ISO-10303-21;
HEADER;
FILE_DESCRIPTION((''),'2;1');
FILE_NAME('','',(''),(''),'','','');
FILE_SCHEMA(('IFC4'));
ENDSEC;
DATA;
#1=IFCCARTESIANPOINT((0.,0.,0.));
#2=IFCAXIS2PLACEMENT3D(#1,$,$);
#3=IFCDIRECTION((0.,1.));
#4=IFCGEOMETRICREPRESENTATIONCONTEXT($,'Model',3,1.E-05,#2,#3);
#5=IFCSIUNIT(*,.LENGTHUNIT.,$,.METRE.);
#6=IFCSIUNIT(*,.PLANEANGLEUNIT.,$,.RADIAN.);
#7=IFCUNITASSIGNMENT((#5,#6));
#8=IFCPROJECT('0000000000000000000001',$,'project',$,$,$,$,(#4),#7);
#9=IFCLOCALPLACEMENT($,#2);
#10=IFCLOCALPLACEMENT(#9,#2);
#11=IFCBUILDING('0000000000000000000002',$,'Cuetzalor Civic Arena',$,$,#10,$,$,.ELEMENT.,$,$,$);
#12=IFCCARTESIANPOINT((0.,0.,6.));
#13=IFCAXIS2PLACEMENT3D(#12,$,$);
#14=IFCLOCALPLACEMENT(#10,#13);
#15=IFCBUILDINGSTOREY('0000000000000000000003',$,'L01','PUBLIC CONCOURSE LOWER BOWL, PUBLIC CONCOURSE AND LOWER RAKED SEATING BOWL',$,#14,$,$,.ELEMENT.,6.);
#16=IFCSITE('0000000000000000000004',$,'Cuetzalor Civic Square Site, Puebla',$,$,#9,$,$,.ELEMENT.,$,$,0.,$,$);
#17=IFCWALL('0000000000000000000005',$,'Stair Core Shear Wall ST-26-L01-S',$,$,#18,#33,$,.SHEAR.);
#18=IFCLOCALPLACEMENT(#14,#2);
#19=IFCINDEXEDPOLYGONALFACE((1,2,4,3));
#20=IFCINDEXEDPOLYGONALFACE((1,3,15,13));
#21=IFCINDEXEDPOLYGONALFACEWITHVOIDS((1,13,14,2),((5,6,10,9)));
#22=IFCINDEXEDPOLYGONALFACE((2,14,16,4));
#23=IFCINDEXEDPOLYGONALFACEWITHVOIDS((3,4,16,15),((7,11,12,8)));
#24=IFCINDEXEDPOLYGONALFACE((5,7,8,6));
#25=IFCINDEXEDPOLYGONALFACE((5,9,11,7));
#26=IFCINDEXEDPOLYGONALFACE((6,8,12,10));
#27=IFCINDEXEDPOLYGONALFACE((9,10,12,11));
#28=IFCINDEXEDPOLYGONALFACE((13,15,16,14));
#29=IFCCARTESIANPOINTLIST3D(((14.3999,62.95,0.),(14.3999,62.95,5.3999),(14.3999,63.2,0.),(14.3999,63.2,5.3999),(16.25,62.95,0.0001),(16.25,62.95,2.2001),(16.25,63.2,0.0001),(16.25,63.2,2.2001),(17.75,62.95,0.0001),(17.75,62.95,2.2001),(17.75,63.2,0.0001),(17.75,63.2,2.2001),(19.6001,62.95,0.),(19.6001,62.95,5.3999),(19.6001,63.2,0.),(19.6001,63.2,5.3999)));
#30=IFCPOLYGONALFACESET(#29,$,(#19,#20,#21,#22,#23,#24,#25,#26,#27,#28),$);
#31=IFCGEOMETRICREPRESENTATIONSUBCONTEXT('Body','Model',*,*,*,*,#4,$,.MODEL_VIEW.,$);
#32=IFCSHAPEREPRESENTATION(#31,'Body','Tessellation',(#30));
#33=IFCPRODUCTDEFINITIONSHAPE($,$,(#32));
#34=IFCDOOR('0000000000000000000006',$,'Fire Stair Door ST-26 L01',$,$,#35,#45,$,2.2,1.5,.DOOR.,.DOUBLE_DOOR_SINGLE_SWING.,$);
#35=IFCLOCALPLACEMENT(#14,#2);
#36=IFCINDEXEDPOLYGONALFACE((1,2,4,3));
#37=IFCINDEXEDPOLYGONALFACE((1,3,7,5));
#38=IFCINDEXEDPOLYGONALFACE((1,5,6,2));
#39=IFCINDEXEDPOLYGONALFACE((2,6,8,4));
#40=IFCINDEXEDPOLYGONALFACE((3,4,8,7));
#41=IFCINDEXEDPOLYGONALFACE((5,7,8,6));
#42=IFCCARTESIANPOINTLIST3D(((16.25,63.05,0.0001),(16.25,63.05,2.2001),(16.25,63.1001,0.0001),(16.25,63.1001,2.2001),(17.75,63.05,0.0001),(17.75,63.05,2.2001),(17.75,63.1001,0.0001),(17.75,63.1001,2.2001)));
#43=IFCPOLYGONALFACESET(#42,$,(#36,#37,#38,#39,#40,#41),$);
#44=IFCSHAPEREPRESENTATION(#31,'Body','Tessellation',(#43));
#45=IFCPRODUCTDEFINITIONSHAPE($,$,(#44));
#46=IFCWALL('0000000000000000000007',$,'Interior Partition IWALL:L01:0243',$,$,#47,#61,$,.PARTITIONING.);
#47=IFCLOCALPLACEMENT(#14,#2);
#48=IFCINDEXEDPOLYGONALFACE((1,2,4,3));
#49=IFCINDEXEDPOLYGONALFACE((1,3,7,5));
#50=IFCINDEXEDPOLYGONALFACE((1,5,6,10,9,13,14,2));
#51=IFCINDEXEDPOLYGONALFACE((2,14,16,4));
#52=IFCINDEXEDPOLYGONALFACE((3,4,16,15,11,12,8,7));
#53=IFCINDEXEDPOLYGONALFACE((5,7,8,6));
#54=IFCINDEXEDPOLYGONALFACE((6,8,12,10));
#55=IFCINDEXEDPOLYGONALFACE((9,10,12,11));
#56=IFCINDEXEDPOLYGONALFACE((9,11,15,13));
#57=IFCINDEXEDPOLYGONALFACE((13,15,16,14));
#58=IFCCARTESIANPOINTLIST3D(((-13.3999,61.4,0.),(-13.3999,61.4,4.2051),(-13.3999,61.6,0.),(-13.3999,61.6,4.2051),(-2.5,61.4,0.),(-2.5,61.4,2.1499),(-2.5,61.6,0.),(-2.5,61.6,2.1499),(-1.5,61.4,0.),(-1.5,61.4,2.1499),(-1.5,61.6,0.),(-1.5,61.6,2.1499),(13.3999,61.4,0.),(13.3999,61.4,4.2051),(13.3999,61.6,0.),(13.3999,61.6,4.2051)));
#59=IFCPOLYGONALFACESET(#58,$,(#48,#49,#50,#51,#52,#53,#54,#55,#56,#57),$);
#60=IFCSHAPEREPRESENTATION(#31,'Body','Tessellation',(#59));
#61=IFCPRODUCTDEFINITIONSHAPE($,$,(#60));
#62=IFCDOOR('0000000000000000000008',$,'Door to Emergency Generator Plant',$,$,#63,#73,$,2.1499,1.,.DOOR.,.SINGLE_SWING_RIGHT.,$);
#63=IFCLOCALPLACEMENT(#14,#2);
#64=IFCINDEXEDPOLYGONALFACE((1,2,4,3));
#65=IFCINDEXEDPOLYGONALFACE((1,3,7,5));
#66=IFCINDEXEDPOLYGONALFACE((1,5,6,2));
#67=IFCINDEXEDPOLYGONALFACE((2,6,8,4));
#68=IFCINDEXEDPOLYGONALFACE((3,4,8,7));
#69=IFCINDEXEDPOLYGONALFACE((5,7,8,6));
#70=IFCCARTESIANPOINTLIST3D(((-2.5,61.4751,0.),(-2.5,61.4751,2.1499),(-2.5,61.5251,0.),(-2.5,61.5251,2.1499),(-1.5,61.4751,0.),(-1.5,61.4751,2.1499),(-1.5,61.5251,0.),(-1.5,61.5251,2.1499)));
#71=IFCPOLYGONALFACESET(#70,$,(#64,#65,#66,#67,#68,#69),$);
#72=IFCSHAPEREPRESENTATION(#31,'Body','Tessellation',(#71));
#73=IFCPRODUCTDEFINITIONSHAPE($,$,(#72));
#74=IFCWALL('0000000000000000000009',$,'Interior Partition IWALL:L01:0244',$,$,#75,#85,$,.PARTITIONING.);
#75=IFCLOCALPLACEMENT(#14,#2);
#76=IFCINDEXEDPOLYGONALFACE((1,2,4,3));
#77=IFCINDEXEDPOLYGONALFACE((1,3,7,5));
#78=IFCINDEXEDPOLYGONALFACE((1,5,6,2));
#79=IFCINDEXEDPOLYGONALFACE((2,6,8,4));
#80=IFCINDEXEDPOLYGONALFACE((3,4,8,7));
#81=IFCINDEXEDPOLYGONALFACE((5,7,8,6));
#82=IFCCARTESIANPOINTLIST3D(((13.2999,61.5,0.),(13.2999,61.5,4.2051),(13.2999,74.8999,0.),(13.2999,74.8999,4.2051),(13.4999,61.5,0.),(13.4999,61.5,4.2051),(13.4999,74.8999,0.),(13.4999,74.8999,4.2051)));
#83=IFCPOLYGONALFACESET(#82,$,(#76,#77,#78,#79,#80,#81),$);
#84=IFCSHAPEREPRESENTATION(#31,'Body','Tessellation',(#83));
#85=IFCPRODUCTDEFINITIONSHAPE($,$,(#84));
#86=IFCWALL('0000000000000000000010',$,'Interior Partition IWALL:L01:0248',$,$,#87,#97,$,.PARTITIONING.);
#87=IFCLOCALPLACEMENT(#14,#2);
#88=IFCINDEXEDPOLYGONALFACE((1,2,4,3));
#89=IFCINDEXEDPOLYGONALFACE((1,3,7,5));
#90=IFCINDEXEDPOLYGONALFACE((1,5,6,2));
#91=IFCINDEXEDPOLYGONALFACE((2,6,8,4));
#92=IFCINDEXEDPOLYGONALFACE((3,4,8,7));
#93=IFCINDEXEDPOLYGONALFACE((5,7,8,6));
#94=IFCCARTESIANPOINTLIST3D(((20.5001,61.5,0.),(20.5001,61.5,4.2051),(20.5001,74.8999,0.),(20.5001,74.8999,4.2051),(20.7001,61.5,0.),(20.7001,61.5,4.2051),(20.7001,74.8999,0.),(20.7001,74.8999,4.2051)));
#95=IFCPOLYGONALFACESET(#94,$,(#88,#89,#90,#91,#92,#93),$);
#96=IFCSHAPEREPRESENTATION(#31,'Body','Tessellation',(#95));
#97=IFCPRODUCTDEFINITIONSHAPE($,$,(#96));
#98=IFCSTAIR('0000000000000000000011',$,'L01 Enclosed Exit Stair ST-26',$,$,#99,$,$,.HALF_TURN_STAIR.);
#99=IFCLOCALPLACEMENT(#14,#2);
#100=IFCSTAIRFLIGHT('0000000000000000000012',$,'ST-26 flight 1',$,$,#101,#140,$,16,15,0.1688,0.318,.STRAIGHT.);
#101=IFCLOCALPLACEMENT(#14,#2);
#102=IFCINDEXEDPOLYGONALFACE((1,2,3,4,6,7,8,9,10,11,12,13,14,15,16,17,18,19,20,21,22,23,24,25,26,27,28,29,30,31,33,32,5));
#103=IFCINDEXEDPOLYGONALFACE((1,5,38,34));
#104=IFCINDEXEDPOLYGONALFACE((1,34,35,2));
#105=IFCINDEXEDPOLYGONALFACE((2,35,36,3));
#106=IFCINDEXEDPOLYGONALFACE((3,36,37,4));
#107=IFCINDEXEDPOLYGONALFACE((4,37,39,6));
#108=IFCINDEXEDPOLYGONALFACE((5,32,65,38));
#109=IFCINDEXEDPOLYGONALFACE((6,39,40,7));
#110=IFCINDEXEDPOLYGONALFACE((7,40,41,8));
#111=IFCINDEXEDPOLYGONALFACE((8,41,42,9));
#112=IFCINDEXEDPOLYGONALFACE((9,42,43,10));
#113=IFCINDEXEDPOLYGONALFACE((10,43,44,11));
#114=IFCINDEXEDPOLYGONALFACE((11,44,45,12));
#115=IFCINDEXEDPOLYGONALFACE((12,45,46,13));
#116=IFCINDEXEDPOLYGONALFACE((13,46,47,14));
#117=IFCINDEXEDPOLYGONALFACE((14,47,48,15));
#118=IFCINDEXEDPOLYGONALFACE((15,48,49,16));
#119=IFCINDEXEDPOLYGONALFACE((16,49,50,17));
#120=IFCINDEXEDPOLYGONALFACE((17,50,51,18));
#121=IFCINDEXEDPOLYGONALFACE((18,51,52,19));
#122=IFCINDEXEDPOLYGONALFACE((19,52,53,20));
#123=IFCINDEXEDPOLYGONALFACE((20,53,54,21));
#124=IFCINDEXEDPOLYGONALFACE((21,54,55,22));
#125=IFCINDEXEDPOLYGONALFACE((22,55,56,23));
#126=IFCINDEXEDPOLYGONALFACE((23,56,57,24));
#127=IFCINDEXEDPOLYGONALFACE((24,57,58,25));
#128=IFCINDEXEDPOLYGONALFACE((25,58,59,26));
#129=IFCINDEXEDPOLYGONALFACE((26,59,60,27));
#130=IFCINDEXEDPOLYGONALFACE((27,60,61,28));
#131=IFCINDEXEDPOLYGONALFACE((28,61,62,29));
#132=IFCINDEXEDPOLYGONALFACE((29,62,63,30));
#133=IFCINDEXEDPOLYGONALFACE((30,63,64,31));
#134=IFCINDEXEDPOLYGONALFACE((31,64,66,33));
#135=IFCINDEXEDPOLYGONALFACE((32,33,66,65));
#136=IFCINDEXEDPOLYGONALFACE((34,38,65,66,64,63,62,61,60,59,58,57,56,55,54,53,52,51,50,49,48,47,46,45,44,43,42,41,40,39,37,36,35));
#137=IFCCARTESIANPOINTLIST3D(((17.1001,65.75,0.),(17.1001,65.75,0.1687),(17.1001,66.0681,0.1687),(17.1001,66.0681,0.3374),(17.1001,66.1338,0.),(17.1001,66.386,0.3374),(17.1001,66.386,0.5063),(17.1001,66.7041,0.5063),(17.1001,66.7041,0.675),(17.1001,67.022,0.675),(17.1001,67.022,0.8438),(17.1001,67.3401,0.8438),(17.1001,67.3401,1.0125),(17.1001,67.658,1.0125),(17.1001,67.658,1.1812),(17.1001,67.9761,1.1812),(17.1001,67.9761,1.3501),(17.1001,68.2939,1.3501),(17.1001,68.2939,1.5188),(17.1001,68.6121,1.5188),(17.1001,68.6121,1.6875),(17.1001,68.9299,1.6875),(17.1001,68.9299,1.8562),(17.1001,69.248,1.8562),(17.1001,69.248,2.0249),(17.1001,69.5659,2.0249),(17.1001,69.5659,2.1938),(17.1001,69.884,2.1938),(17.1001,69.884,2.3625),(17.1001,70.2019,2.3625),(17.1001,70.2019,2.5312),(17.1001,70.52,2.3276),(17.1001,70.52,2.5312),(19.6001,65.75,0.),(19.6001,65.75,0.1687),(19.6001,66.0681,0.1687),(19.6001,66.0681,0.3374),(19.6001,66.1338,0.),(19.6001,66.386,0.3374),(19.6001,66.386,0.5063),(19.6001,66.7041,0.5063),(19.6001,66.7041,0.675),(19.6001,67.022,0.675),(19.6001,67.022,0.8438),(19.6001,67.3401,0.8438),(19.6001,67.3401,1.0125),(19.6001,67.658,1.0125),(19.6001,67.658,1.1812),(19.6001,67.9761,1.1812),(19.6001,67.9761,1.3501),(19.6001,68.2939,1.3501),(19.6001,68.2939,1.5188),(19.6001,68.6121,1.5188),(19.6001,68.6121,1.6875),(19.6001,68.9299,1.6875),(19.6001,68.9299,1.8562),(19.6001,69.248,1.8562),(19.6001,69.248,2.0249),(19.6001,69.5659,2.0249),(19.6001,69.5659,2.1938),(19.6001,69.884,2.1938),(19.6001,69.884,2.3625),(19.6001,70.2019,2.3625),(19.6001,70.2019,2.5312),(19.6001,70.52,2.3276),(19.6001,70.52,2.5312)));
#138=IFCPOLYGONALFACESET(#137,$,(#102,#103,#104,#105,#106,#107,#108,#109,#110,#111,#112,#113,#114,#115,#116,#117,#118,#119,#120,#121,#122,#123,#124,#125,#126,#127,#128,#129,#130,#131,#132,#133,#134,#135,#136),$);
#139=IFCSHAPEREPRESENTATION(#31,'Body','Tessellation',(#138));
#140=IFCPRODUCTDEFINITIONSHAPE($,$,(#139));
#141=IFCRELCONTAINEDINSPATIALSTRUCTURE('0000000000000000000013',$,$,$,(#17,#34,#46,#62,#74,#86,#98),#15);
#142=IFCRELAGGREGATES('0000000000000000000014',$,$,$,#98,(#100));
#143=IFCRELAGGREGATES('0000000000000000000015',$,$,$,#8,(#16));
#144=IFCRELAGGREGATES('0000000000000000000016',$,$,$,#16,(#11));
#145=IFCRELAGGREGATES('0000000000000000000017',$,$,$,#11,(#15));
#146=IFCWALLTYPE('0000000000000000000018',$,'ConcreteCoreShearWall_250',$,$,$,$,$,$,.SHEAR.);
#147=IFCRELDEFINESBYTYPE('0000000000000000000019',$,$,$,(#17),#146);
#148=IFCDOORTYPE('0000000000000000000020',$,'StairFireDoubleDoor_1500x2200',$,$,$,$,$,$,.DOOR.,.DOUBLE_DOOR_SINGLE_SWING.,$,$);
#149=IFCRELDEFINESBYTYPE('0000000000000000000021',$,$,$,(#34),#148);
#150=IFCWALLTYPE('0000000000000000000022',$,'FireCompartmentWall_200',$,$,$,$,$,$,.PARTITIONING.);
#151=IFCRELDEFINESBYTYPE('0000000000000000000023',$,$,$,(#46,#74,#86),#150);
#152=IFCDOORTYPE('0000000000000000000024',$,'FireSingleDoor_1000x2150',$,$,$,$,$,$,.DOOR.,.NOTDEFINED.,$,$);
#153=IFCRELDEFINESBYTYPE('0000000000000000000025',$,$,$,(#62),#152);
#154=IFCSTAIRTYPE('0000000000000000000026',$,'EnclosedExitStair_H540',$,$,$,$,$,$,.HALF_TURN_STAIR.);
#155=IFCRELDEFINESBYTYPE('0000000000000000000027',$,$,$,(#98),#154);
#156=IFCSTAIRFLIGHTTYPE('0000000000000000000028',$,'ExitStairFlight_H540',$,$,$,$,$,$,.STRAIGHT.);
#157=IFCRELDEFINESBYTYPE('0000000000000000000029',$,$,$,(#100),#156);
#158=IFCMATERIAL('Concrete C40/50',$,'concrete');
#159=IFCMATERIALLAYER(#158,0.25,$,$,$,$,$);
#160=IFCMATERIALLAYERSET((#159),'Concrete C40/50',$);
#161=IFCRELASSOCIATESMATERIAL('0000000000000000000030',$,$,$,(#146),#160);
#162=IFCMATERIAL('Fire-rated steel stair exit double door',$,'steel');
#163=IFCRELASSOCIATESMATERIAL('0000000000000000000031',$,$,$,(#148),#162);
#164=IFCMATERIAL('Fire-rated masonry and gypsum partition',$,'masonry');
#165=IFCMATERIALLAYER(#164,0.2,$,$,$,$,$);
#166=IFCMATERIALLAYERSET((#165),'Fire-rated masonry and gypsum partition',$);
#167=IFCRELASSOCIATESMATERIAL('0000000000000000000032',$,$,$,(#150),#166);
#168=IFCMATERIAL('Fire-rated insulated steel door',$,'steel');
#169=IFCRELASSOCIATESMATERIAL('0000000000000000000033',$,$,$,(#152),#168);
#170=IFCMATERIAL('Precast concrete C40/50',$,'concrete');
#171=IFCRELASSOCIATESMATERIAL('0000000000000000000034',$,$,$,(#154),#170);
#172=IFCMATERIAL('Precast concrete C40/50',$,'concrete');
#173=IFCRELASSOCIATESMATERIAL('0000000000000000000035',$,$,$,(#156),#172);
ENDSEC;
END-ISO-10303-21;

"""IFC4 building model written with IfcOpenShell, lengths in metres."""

from ifc_helpers import new_model, si_unit, direction, frame, frame_2d, origin, place, context, subcontext, project, spatial, polyline, rectangle, outline, extrude, material, layer, layer_set, type_object, element, fill, aggregate, save


model = new_model("IFC4")

# Units and contexts
model_context = context("Model", 3, precision=1e-05, world=origin(), true_north=direction((0.0, 1.0)))
body_context = subcontext(model_context, "Body", "Model", "MODEL_VIEW")
ifc_project = project(units=[si_unit("LENGTHUNIT", "METRE"), si_unit("PLANEANGLEUNIT", "RADIAN")], contexts=[model_context])

# Site, building, storey
site_placement = place(None, origin())
site = spatial("IfcSite", under=ifc_project, at=site_placement, Name="Cuetzalor Civic Square Site, Puebla", CompositionType="ELEMENT", RefElevation=0.0)
building_placement = place(site_placement, origin())
building = spatial("IfcBuilding", under=site, at=building_placement, Name="Cuetzalor Civic Arena", CompositionType="ELEMENT")
storey_placement = place(building_placement, frame((0.0, 0.0, 6.0)))
storey = spatial("IfcBuildingStorey", under=building, at=storey_placement, Name="L01", Description="PUBLIC CONCOURSE LOWER BOWL, PUBLIC CONCOURSE AND LOWER RAKED SEATING BOWL", CompositionType="ELEMENT", Elevation=6.0)

# Shared definitions
ifc_material_1 = material(Name="Concrete C40/50", Category="concrete")
ifc_layer_1 = layer(ifc_material_1, 0.25)
ifc_layer_set_1 = layer_set([ifc_layer_1], Name="Concrete C40/50")
wall_type_1 = type_object("IfcWallType", Name="ConcreteCoreShearWall_250", PredefinedType="SHEAR", material=ifc_layer_set_1)

# Walls, openings, doors
wall_1_placement = place(storey_placement, frame((19.6001, 63.075, 0.0), z_axis=(0.0, 0.0, 1.0), x_axis=(-1.0, 0.0, 0.0)))
wall_1 = element("IfcWall", 1, at=wall_1_placement, inside=storey, type_object=wall_type_1, Name="Stair Core Shear Wall ST-26-L01-S", PredefinedType="SHEAR", context=body_context, shape_type="SweptSolid", body=[
    extrude(rectangle(XDim=5.2002, YDim=0.25, at=frame_2d((2.6001, 0.0))), origin(), (0.0, 0.0, 1.0), 5.3999),
])
opening_1_placement = place(wall_1_placement, frame((1.8501, 0.0, 0.0)))
opening_1 = element("IfcOpeningElement", 2, at=opening_1_placement, cuts=wall_1, PredefinedType="OPENING", context=body_context, shape_type="SweptSolid", body=[
    extrude(rectangle(XDim=1.5, YDim=2.2, at=frame_2d((0.75, 1.1001))), frame((0.0, 0.135, 0.0), z_axis=(0.0, -1.0, 0.0), x_axis=(1.0, 0.0, 0.0)), (0.0, 0.0, 1.0), 0.27),
])
ifc_material_2 = material(Name="Fire-rated steel stair exit double door", Category="steel")
door_type_1 = type_object("IfcDoorType", Name="StairFireDoubleDoor_1500x2200", OperationType="DOUBLE_DOOR_SINGLE_SWING", PredefinedType="DOOR", material=ifc_material_2)
door_1_placement = place(opening_1_placement, origin())
door_1 = element("IfcDoor", 3, at=door_1_placement, inside=storey, type_object=door_type_1, Name="Fire Stair Door ST-26 L01", OperationType="DOUBLE_DOOR_SINGLE_SWING", OverallHeight=2.2, OverallWidth=1.5, PredefinedType="DOOR", context=body_context, shape_type="SweptSolid", body=[
    extrude(rectangle(XDim=1.5, YDim=2.2, at=frame_2d((0.75, 1.1001))), frame((0.0, 0.0249, 0.0), z_axis=(0.0, -1.0, 0.0), x_axis=(1.0, 0.0, 0.0)), (0.0, 0.0, 1.0), 0.05),
])
fill(opening_1, door_1)
ifc_material_3 = material(Name="Fire-rated masonry and gypsum partition", Category="masonry")
ifc_layer_2 = layer(ifc_material_3, 0.2)
ifc_layer_set_2 = layer_set([ifc_layer_2], Name="Fire-rated masonry and gypsum partition")
wall_type_2 = type_object("IfcWallType", Name="FireCompartmentWall_200", PredefinedType="PARTITIONING", material=ifc_layer_set_2)
wall_2_placement = place(storey_placement, frame((13.3999, 61.5, 0.0), z_axis=(0.0, 0.0, 1.0), x_axis=(-1.0, 0.0, 0.0)))
wall_2 = element("IfcWall", 4, at=wall_2_placement, inside=storey, type_object=wall_type_2, Name="Interior Partition IWALL:L01:0243", PredefinedType="PARTITIONING", context=body_context, shape_type="SweptSolid", body=[
    extrude(rectangle(XDim=26.7998, YDim=0.2, at=frame_2d((13.3999, 0.0))), origin(), (0.0, 0.0, 1.0), 4.2051),
])
opening_2_placement = place(wall_2_placement, frame((14.8999, 0.0, 0.0)))
opening_2 = element("IfcOpeningElement", 5, at=opening_2_placement, cuts=wall_2, PredefinedType="OPENING", context=body_context, shape_type="SweptSolid", body=[
    extrude(rectangle(XDim=1.0, YDim=2.1499, at=frame_2d((0.5, 1.075))), frame((0.0, 0.1099, 0.0), z_axis=(0.0, -1.0, 0.0), x_axis=(1.0, 0.0, 0.0)), (0.0, 0.0, 1.0), 0.22),
])
ifc_material_4 = material(Name="Fire-rated insulated steel door", Category="steel")
door_type_2 = type_object("IfcDoorType", Name="FireSingleDoor_1000x2150", OperationType="NOTDEFINED", PredefinedType="DOOR", material=ifc_material_4)
door_2_placement = place(opening_2_placement, origin())
door_2 = element("IfcDoor", 6, at=door_2_placement, inside=storey, type_object=door_type_2, Name="Door to Emergency Generator Plant", OperationType="SINGLE_SWING_RIGHT", OverallHeight=2.1499, OverallWidth=1.0, PredefinedType="DOOR", context=body_context, shape_type="SweptSolid", body=[
    extrude(rectangle(XDim=1.0, YDim=2.1499, at=frame_2d((0.5, 1.075))), frame((0.0, 0.0249, 0.0), z_axis=(0.0, -1.0, 0.0), x_axis=(1.0, 0.0, 0.0)), (0.0, 0.0, 1.0), 0.05),
])
fill(opening_2, door_2)

# Walls
for number, where, z_axis, x_axis, name in (
    (7, (13.3999, 74.8999, 0.0), (0.0, 0.0, 1.0), (0.0, -1.0, 0.0), "Interior Partition IWALL:L01:0244"),
    (8, (20.6001, 61.5, 0.0), (0.0, 0.0, 1.0), (0.0, 1.0, 0.0), "Interior Partition IWALL:L01:0248"),
):
    element("IfcWall", number, at=place(storey_placement, frame(where, z_axis=z_axis, x_axis=x_axis)), inside=storey, type_object=wall_type_2, Name=name, PredefinedType="PARTITIONING", context=body_context, shape_type="SweptSolid", body=[
        extrude(rectangle(XDim=13.3999, YDim=0.2, at=frame_2d((6.7, 0.0))), origin(), (0.0, 0.0, 1.0), 4.2051),
    ])

# Stair, stair flight
ifc_material_5 = material(Name="Precast concrete C40/50", Category="concrete")
stair_type = type_object("IfcStairType", Name="EnclosedExitStair_H540", PredefinedType="HALF_TURN_STAIR", material=ifc_material_5)
stair_placement = place(storey_placement, origin())
stair = element("IfcStair", 9, at=stair_placement, inside=storey, type_object=stair_type, Name="L01 Enclosed Exit Stair ST-26", PredefinedType="HALF_TURN_STAIR")
ifc_material_6 = material(Name="Precast concrete C40/50", Category="concrete")
stair_flight_type = type_object("IfcStairFlightType", Name="ExitStairFlight_H540", PredefinedType="STRAIGHT", material=ifc_material_6)
stair_flight_1_placement = place(storey_placement, frame((18.3501, 65.75, 0.0), z_axis=(0.0, 0.0, 1.0), x_axis=(0.0, 1.0, 0.0)))
stair_flight_1 = element("IfcStairFlight", 10, at=stair_flight_1_placement, type_object=stair_flight_type, Name="ST-26 flight 1", NumberOfRisers=16, NumberOfTreads=15, PredefinedType="STRAIGHT", RiserHeight=0.1688, TreadLength=0.318, context=body_context, shape_type="SweptSolid", body=[
    extrude(outline(polyline([(0.0, 0.0), (0.0, 0.1687), (0.3181, 0.1687), (0.3181, 0.3374), (0.636, 0.3374), (0.636, 0.5063), (0.9541, 0.5063), (0.9541, 0.675), (1.272, 0.675), (1.272, 0.8438), (1.5901, 0.8438), (1.5901, 1.0125), (1.908, 1.0125), (1.908, 1.1812), (2.2261, 1.1812), (2.2261, 1.3501), (2.5439, 1.3501), (2.5439, 1.5188), (2.8621, 1.5188), (2.8621, 1.6875), (3.1799, 1.6875), (3.1799, 1.8562), (3.498, 1.8562), (3.498, 2.0249), (3.8159, 2.0249), (3.8159, 2.1938), (4.134, 2.1938), (4.134, 2.3625), (4.4519, 2.3625), (4.4519, 2.5312), (4.77, 2.5312), (4.77, 2.7), (4.77, 2.3276), (0.3838, 0.0), (0.0, 0.0)])), frame((0.0, 1.25, 0.0), z_axis=(0.0, -1.0, 0.0), x_axis=(1.0, 0.0, 0.0)), (0.0, 0.0, 1.0), 2.5),
])
aggregate(stair, [stair_flight_1])

save(model, "model.ifc")
